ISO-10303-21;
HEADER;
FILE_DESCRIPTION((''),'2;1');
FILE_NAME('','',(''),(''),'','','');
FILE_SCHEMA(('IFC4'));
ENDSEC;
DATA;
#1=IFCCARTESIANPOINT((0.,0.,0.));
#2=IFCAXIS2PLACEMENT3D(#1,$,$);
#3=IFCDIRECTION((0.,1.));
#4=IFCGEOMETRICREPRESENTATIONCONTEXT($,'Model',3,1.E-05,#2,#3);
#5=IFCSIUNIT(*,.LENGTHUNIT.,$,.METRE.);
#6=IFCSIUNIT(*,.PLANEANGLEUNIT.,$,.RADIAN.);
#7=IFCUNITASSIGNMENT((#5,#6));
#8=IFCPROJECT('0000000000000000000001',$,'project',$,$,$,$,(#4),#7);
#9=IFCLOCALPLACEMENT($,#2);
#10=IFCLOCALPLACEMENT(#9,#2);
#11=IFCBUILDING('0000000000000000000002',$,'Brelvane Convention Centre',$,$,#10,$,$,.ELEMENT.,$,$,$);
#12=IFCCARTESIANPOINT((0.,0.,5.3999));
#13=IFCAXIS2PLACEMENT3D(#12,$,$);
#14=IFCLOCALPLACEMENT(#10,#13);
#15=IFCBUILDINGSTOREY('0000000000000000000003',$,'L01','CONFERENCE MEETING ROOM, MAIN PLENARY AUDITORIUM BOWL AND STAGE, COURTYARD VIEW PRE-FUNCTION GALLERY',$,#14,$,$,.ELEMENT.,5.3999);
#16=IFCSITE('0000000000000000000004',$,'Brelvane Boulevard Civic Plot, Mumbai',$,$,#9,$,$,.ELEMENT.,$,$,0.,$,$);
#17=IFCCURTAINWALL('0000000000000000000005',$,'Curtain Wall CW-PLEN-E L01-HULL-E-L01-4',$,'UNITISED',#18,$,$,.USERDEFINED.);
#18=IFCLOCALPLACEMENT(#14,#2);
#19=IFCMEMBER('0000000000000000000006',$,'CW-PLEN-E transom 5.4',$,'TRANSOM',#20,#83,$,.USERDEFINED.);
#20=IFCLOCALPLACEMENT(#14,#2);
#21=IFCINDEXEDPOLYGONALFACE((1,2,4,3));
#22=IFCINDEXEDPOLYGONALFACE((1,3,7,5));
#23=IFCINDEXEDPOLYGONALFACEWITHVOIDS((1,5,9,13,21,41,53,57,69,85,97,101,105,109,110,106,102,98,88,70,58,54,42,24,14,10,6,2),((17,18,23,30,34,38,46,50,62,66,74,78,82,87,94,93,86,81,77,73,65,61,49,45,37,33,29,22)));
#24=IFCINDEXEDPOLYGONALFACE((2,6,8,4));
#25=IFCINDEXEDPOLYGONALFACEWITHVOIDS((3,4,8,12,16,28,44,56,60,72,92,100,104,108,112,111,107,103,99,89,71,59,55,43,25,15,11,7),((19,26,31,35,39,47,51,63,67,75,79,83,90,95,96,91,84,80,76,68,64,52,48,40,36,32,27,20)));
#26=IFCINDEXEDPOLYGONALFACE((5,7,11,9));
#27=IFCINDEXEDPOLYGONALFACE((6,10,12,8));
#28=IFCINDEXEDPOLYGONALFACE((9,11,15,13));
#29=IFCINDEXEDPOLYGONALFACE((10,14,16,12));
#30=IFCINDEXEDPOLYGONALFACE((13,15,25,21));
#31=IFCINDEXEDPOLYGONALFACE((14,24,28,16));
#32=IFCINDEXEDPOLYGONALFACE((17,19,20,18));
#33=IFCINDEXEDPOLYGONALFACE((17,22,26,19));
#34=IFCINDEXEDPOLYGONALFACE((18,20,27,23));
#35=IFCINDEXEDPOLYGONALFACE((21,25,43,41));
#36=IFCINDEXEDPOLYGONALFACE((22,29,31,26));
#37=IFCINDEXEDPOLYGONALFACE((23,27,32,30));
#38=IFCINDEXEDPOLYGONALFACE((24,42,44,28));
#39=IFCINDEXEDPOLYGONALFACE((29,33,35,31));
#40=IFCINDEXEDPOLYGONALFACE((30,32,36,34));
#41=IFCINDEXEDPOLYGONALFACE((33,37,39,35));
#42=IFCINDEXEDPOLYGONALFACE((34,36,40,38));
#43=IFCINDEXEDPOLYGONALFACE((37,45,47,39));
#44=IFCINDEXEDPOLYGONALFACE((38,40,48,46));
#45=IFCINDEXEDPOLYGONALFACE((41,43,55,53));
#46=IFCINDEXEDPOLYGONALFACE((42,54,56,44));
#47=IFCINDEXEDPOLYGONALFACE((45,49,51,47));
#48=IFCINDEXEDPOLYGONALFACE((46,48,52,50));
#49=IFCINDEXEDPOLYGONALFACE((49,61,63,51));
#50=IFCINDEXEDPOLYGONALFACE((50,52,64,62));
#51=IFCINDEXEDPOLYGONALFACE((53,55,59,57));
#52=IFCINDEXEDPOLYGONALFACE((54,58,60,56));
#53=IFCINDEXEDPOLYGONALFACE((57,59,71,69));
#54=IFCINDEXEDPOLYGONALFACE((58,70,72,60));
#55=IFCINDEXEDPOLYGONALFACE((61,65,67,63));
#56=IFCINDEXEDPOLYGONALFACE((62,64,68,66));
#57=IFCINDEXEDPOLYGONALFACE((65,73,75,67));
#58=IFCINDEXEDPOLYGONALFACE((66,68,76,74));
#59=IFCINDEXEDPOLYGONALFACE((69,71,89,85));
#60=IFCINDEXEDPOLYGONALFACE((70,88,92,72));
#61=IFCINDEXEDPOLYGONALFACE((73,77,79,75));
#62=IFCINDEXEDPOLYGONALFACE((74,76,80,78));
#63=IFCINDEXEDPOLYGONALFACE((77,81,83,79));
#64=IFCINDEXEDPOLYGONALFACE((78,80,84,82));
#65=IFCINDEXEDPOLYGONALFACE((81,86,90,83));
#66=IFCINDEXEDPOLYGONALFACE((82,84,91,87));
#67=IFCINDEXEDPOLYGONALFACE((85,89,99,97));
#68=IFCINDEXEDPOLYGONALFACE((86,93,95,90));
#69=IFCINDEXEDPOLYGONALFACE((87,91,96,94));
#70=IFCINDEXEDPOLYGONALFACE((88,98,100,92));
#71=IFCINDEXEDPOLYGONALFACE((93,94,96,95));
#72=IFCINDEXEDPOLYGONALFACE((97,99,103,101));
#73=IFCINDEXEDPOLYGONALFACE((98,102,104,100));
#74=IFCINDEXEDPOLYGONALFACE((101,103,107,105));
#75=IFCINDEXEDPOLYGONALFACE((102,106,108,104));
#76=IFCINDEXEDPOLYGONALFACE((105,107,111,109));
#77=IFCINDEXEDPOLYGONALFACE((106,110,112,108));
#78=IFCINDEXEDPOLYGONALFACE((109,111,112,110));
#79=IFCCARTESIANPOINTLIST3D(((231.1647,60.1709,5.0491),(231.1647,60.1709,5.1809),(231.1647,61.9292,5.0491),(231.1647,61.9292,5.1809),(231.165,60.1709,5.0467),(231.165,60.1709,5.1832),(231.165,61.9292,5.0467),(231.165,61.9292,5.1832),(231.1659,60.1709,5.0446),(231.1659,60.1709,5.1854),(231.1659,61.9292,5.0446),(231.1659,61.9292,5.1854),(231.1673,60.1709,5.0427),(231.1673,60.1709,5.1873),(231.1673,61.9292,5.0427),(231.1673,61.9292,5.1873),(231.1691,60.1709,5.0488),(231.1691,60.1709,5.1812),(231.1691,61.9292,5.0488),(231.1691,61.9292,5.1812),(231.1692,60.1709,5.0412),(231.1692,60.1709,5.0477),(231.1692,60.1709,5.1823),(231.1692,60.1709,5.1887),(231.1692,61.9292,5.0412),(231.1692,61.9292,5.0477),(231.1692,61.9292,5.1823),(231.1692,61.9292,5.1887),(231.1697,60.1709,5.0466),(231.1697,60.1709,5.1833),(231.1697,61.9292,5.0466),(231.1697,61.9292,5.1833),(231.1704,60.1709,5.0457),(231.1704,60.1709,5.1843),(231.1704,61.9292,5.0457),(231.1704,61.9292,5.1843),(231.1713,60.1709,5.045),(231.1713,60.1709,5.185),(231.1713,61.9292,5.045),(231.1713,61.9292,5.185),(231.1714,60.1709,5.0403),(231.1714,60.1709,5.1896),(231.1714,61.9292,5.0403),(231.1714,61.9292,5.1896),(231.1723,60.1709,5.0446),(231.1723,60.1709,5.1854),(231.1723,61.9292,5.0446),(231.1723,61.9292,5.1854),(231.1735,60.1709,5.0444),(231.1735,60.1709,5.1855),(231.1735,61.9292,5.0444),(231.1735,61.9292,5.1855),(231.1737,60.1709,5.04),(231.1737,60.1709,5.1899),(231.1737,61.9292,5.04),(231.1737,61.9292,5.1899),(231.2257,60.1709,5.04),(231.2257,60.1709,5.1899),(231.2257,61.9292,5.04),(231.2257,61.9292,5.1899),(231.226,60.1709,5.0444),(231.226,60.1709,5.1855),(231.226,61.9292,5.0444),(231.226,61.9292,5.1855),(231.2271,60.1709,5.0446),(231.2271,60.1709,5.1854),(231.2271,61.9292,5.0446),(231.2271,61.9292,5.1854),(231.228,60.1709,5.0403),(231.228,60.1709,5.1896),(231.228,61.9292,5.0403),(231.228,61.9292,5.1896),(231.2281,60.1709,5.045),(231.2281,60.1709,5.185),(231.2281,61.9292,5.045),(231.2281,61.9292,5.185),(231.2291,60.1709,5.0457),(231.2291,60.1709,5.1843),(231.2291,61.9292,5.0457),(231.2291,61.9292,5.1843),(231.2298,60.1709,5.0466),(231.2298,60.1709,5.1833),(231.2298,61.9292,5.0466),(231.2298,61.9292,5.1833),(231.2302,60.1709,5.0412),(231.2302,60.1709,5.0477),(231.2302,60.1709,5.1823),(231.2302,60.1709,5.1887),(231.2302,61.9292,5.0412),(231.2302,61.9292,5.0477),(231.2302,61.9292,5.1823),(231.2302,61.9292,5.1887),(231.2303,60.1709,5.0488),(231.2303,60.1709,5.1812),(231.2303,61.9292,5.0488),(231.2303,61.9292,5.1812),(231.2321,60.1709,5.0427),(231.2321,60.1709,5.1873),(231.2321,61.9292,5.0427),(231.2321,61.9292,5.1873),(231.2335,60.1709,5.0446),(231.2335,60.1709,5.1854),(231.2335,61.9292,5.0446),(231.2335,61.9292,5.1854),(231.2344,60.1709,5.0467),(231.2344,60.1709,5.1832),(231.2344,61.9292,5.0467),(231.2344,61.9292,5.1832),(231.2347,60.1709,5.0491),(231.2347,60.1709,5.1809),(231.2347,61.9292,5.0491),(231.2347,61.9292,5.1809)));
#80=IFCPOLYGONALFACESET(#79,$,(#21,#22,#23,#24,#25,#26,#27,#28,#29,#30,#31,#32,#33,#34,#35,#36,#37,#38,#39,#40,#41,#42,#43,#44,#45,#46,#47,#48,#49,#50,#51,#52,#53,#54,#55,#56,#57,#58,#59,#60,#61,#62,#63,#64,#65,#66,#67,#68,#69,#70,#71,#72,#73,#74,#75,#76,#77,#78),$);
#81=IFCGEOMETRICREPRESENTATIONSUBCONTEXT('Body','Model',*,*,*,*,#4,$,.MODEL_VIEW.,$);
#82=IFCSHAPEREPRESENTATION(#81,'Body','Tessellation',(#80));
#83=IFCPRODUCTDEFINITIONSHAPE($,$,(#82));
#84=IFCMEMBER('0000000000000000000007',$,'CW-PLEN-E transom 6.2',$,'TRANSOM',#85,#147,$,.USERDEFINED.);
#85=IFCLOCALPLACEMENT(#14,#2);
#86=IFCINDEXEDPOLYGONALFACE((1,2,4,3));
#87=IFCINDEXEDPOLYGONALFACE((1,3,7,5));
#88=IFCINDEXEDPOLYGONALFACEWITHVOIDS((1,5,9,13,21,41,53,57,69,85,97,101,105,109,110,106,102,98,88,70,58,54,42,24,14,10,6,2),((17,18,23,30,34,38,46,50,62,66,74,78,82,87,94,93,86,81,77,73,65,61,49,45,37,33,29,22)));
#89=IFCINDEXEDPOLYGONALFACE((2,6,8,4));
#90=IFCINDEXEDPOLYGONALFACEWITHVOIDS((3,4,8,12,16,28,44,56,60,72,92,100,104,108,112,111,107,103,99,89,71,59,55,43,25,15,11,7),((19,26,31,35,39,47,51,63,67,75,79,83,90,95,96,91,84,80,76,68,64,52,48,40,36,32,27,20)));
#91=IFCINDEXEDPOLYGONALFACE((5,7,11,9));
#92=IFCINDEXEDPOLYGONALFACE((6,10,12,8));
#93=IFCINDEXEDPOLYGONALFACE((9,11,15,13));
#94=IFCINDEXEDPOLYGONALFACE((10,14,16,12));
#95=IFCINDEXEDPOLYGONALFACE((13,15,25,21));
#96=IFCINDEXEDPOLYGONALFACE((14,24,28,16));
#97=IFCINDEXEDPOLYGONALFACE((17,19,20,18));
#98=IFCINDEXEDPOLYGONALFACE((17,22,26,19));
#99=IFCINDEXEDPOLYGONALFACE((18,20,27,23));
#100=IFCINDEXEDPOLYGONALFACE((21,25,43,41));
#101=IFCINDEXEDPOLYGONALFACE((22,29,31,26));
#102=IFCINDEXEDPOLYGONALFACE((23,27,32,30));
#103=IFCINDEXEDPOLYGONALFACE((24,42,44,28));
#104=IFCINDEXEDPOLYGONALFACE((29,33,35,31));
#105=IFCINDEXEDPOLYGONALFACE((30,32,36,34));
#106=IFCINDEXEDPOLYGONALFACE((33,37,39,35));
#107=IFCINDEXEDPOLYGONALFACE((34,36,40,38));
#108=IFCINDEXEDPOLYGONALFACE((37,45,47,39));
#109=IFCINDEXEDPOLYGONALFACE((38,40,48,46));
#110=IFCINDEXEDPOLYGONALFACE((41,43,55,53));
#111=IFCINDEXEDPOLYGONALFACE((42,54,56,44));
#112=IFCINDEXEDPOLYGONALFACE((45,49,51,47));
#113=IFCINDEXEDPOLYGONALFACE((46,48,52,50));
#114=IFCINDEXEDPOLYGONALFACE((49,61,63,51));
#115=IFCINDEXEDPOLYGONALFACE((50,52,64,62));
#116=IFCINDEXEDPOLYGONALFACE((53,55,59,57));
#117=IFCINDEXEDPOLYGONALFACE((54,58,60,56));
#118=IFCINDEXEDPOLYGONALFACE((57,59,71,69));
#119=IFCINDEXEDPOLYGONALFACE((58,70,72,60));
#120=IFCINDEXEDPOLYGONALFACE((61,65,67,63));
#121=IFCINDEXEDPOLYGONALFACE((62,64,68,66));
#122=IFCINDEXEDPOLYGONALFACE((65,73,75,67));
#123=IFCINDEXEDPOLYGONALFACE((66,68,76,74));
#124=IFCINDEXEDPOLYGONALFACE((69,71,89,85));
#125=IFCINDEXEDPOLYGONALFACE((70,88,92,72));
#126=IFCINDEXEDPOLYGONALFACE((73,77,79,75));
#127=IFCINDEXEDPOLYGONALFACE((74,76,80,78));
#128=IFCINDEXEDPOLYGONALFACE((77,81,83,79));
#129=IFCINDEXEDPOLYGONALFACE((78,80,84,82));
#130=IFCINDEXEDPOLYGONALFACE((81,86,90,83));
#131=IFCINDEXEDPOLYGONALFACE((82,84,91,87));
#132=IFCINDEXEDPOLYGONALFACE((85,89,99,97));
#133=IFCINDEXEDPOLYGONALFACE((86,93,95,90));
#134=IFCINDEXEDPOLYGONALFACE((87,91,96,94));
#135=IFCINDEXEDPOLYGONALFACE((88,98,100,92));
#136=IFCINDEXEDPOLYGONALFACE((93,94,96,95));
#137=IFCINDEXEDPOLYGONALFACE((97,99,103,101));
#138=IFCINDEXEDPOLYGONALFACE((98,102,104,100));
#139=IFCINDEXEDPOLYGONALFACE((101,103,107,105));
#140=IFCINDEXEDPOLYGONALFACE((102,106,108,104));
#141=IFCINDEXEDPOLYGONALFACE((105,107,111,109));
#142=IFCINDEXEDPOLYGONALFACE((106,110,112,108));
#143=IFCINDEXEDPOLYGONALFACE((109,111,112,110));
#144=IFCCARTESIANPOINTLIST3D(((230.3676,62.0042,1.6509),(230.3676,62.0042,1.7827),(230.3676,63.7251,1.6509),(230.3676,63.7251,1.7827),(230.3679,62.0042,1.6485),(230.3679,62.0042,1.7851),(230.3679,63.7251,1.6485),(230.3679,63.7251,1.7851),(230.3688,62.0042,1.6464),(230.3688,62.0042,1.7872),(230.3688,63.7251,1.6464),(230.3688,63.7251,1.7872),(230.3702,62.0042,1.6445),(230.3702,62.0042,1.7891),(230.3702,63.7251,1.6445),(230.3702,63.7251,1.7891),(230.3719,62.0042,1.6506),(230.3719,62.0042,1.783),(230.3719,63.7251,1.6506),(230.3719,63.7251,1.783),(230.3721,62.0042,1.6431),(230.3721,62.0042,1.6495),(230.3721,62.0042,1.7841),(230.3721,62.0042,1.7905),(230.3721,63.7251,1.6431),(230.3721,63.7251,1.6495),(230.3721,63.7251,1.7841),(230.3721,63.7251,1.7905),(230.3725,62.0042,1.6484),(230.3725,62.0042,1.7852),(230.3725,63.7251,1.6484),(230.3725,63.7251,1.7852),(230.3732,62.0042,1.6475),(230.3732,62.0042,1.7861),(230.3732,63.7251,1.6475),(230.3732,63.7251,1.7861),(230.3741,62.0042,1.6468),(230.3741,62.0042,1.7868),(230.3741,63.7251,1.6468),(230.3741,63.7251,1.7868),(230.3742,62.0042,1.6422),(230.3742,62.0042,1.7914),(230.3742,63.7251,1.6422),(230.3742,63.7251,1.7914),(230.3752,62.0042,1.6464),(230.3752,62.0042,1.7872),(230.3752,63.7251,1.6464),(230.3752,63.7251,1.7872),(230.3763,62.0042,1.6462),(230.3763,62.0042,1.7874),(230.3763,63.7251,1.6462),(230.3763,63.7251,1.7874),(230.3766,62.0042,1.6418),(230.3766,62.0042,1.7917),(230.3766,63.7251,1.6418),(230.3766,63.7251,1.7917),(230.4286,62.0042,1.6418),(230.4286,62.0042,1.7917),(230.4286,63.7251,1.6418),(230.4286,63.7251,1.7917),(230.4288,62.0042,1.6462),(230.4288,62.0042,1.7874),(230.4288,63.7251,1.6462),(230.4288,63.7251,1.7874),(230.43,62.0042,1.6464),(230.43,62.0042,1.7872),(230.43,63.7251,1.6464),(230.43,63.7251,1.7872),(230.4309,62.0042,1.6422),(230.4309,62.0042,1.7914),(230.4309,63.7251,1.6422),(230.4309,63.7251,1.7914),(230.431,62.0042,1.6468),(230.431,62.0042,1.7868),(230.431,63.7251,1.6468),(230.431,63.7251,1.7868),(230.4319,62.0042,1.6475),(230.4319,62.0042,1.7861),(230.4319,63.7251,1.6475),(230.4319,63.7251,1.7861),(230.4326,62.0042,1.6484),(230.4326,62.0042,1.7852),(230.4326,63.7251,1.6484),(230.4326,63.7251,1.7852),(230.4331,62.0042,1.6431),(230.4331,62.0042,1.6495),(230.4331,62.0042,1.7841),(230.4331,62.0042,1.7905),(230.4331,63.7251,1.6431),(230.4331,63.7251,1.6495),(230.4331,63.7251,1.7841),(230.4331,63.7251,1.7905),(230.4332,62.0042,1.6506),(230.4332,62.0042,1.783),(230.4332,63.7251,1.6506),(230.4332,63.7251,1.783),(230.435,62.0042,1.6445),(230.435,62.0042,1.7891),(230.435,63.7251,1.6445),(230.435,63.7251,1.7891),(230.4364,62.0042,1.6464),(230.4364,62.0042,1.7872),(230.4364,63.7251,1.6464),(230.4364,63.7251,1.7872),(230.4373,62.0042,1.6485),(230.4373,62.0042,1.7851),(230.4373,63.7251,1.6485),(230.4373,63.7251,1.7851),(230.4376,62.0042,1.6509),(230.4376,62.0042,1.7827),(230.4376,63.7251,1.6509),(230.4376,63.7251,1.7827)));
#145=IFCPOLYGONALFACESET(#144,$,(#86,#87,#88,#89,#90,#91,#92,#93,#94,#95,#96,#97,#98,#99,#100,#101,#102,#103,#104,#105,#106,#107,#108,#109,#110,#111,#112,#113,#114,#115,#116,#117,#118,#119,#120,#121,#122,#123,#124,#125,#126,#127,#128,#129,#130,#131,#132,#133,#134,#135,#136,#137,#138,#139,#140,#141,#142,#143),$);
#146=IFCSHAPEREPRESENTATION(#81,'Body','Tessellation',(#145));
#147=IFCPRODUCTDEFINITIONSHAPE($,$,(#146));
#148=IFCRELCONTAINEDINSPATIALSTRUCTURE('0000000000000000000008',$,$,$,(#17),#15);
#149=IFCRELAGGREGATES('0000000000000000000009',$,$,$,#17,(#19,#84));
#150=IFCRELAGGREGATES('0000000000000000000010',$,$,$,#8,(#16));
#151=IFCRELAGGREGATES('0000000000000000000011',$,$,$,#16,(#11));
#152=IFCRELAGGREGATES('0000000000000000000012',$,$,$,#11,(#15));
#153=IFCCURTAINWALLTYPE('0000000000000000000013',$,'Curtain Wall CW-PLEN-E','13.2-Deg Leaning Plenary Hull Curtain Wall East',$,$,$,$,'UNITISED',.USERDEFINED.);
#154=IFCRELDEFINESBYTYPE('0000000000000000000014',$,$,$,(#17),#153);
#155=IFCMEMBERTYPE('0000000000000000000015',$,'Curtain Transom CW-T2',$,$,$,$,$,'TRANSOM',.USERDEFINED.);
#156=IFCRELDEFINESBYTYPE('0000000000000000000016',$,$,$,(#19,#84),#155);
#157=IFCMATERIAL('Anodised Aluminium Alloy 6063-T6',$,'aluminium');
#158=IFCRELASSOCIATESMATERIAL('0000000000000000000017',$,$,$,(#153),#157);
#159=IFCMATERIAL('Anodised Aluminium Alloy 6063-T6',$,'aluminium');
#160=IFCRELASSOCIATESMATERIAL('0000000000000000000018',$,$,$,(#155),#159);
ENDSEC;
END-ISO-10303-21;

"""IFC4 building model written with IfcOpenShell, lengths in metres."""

from ifc_helpers import new_model, si_unit, direction, frame, origin, origin_2d, place, context, subcontext, project, spatial, hollow_rectangle, extrude, material, material_profile, profile_set, type_object, element, aggregate, save


model = new_model("IFC4")

# Units and contexts
model_context = context("Model", 3, precision=1e-05, world=origin(), true_north=direction((0.0, 1.0)))
body_context = subcontext(model_context, "Body", "Model", "MODEL_VIEW")
ifc_project = project(units=[si_unit("LENGTHUNIT", "METRE"), si_unit("PLANEANGLEUNIT", "RADIAN")], contexts=[model_context])

# Site, building, storey
site_placement = place(None, origin())
site = spatial("IfcSite", under=ifc_project, at=site_placement, Name="Brelvane Boulevard Civic Plot, Mumbai", CompositionType="ELEMENT", RefElevation=0.0)
building_placement = place(site_placement, origin())
building = spatial("IfcBuilding", under=site, at=building_placement, Name="Brelvane Convention Centre", CompositionType="ELEMENT")
storey_placement = place(building_placement, frame((0.0, 0.0, 5.3999)))
storey = spatial("IfcBuildingStorey", under=building, at=storey_placement, Name="L01", Description="CONFERENCE MEETING ROOM, MAIN PLENARY AUDITORIUM BOWL AND STAGE, COURTYARD VIEW PRE-FUNCTION GALLERY", CompositionType="ELEMENT", Elevation=5.3999)

# Curtain wall, members
ifc_material_1 = material(Name="Anodised Aluminium Alloy 6063-T6", Category="aluminium")
curtain_wall_type = type_object("IfcCurtainWallType", Name="Curtain Wall CW-PLEN-E", Description="13.2-Deg Leaning Plenary Hull Curtain Wall East", ElementType="UNITISED", PredefinedType="USERDEFINED", material=ifc_material_1)
curtain_wall_1_placement = place(storey_placement, origin())
curtain_wall_1 = element("IfcCurtainWall", 1, at=curtain_wall_1_placement, inside=storey, type_object=curtain_wall_type, Name="Curtain Wall CW-PLEN-E L01-HULL-E-L01-4", ObjectType="UNITISED", PredefinedType="USERDEFINED")
ifc_material_2 = material(Name="Anodised Aluminium Alloy 6063-T6", Category="aluminium")
ifc_material_profile = material_profile(ifc_material_2, hollow_rectangle(XDim=0.0701, YDim=0.1499, WallThickness=0.0044, InnerFilletRadius=0.0044, OuterFilletRadius=0.009, at=origin_2d()), Name="ALU-T 150x70x4.5")
ifc_profile_set = profile_set([ifc_material_profile], Name="Anodised Aluminium Alloy 6063-T6")
member_type = type_object("IfcMemberType", Name="Curtain Transom CW-T2", ElementType="TRANSOM", PredefinedType="USERDEFINED", material=ifc_profile_set)
member_1_placement = place(storey_placement, frame((231.1997, 60.1709, 5.115), z_axis=(0.0, 1.0, 0.0), x_axis=(-1.0, 0.0, 0.0)))
member_1 = element("IfcMember", 2, at=member_1_placement, type_object=member_type, Name="CW-PLEN-E transom 5.4", ObjectType="TRANSOM", PredefinedType="USERDEFINED", context=body_context, shape_type="SweptSolid", body=[
    extrude(hollow_rectangle(XDim=0.0701, YDim=0.1499, WallThickness=0.0044, InnerFilletRadius=0.0044, OuterFilletRadius=0.009, at=origin_2d()), origin(), (0.0, 0.0, 1.0), 1.7583),
])
member_2_placement = place(storey_placement, frame((230.4026, 62.0042, 1.7168), z_axis=(0.0, 1.0, 0.0), x_axis=(-1.0, 0.0, 0.0)))
member_2 = element("IfcMember", 3, at=member_2_placement, type_object=member_type, Name="CW-PLEN-E transom 6.2", ObjectType="TRANSOM", PredefinedType="USERDEFINED", context=body_context, shape_type="SweptSolid", body=[
    extrude(hollow_rectangle(XDim=0.0701, YDim=0.1499, WallThickness=0.0044, InnerFilletRadius=0.0044, OuterFilletRadius=0.009, at=origin_2d()), origin(), (0.0, 0.0, 1.0), 1.7209),
])
aggregate(curtain_wall_1, [member_1, member_2])

save(model, "model.ifc")
